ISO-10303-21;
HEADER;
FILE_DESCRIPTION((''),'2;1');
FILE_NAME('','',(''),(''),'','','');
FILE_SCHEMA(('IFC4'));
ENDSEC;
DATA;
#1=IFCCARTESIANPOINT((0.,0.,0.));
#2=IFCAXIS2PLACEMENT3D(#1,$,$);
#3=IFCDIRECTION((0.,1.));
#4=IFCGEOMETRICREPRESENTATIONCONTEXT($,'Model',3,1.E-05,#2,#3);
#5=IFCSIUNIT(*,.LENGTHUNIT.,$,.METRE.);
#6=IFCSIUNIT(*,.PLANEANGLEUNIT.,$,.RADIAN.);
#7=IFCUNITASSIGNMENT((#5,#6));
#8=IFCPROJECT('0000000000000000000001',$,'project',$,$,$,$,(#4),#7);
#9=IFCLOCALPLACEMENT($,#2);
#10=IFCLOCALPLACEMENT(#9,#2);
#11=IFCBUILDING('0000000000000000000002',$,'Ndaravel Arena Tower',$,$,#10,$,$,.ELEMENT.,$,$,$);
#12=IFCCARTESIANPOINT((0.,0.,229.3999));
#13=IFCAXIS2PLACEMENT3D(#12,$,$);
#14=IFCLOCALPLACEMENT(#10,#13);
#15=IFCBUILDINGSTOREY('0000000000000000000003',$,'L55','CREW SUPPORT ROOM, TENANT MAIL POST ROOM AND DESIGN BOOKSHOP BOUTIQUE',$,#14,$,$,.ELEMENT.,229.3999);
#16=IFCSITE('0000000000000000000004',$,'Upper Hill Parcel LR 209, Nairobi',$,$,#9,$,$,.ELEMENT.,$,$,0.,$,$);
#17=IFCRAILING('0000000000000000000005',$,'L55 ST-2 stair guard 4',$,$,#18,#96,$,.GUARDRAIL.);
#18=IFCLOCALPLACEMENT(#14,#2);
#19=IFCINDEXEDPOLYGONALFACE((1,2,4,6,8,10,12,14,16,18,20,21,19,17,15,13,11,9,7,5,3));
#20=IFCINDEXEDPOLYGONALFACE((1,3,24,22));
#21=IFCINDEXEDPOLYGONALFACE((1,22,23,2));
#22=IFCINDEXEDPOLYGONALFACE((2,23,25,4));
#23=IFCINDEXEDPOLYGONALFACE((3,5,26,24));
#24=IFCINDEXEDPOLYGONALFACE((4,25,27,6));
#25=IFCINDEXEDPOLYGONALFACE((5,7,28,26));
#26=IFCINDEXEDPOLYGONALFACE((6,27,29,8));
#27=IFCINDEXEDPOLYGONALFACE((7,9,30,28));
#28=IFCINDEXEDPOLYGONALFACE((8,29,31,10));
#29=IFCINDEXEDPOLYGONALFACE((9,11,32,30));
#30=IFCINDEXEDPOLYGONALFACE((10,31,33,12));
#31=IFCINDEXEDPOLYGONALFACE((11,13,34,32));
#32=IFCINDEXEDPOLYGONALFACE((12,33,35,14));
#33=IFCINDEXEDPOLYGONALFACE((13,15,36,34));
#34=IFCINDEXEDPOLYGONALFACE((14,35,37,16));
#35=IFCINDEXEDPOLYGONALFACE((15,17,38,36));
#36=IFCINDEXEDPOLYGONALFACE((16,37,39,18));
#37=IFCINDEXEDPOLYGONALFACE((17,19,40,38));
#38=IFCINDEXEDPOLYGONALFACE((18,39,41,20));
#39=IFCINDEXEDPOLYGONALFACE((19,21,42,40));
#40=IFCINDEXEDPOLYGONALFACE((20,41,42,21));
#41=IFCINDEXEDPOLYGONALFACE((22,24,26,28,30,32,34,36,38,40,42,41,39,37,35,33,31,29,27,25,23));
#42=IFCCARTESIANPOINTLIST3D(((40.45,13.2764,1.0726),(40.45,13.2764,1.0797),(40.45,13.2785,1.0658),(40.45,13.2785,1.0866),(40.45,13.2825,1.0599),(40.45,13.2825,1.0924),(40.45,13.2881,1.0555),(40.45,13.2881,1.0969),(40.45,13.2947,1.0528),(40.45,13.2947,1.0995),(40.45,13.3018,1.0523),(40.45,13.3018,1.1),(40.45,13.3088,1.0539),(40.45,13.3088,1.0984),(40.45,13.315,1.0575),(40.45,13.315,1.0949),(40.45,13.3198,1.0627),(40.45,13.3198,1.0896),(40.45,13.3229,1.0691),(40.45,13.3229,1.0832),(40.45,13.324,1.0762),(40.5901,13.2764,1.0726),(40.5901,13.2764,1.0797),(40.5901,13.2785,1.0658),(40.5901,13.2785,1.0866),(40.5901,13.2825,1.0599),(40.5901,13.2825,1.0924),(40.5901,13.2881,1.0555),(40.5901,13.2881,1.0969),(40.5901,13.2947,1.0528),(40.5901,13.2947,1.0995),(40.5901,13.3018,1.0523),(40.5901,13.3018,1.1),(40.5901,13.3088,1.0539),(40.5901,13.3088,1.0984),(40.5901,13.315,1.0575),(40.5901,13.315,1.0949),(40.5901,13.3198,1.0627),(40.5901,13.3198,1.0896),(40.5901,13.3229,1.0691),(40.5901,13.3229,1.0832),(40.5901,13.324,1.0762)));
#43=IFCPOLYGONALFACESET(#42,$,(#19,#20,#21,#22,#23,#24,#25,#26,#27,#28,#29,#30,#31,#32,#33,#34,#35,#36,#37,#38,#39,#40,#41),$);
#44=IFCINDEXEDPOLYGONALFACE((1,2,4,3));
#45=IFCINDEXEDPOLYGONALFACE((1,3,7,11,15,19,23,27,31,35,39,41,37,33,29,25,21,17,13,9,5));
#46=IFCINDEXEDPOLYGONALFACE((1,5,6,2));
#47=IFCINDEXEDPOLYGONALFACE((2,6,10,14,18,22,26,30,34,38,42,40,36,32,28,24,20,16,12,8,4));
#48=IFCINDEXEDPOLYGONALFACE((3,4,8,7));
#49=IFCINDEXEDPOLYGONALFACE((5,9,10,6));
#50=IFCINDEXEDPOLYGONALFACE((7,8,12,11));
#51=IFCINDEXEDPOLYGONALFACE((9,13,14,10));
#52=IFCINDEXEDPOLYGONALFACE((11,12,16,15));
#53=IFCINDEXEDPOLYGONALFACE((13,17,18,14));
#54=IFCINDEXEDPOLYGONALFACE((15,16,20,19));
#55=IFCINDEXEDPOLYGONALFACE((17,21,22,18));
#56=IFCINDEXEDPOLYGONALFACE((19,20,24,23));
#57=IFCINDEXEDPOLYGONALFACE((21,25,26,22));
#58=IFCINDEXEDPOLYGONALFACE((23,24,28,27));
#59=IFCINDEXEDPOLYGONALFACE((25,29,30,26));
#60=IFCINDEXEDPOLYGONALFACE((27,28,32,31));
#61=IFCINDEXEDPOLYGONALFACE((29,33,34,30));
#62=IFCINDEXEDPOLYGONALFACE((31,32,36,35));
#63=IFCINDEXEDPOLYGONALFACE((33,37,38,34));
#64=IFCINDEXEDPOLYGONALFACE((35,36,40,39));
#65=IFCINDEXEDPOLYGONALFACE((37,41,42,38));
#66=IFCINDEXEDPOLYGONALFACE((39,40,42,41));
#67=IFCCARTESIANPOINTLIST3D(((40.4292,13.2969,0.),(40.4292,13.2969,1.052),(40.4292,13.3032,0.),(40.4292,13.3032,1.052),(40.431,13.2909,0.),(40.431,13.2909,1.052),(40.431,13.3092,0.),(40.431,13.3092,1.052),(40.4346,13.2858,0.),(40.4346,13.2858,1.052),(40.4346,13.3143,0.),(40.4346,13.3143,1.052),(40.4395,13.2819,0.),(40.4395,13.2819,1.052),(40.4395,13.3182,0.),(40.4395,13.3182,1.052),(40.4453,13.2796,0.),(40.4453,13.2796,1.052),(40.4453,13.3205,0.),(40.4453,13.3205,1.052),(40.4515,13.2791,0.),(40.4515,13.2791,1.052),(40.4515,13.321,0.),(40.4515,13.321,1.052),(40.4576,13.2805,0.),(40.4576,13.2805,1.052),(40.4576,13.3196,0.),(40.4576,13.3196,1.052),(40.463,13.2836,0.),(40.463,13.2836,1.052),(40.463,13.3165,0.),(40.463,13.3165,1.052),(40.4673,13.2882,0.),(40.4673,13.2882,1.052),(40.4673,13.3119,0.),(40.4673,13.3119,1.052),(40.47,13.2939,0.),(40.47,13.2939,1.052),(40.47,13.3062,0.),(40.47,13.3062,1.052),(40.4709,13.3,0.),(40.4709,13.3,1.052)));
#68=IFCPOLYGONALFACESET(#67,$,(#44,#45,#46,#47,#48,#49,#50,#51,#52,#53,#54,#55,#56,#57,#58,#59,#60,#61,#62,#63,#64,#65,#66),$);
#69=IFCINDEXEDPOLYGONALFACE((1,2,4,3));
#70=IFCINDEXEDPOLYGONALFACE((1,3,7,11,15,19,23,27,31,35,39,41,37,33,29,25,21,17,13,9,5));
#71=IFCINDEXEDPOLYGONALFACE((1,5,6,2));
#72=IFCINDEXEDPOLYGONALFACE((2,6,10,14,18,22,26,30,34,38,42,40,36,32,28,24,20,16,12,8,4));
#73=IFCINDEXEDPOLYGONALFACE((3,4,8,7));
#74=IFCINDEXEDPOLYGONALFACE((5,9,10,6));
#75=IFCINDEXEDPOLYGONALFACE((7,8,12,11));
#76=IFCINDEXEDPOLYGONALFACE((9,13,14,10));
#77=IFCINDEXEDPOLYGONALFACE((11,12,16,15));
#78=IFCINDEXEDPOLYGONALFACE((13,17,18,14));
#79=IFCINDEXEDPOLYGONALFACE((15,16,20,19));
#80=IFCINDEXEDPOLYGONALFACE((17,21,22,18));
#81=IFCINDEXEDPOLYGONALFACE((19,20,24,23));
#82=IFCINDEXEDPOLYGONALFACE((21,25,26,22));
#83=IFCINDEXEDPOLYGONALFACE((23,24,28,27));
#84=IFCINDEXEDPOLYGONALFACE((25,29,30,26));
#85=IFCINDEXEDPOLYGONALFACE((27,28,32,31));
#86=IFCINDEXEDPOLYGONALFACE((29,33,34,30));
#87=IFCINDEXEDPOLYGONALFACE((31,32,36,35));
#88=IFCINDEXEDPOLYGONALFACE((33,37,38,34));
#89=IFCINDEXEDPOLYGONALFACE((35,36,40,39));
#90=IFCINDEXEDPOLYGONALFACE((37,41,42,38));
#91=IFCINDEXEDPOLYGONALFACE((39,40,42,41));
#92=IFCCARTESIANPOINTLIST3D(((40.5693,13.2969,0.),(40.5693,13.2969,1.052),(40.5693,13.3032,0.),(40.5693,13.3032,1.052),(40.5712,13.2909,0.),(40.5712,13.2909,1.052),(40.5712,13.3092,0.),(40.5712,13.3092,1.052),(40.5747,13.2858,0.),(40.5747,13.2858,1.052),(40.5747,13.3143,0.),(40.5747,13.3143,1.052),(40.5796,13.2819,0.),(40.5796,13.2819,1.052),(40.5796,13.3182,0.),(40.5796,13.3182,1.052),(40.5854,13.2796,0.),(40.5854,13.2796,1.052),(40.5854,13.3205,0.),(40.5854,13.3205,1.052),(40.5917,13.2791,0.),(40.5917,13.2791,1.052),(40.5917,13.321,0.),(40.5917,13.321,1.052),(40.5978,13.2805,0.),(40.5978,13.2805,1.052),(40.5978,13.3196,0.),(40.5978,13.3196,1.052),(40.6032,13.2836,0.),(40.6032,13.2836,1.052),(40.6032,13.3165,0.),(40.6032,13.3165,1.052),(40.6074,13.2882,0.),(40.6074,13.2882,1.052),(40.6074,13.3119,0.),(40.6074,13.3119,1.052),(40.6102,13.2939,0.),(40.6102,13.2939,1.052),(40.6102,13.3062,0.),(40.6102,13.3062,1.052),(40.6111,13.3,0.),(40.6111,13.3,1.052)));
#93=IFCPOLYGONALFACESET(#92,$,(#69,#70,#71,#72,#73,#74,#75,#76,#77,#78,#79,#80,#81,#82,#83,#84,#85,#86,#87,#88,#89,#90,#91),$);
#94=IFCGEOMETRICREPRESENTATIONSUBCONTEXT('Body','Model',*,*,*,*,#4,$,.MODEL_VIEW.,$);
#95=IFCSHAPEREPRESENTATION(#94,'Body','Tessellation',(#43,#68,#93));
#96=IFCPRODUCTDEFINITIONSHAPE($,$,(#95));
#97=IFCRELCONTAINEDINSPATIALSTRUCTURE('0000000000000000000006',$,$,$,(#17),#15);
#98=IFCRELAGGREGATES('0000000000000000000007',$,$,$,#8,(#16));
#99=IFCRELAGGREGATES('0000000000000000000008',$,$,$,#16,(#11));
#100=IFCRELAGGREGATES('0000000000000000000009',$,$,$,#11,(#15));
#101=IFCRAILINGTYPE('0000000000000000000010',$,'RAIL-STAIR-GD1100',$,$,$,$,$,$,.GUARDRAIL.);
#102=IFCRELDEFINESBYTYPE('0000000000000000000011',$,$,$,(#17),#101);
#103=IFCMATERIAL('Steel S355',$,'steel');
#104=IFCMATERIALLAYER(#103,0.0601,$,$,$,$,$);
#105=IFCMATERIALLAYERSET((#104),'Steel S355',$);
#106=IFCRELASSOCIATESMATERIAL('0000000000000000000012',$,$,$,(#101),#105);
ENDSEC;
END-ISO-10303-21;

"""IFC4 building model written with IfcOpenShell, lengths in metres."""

from ifc_helpers import new_model, si_unit, direction, frame, origin, origin_2d, place, context, subcontext, project, spatial, circle, extrude, material, layer, layer_set, type_object, element, save


model = new_model("IFC4")

# Units and contexts
model_context = context("Model", 3, precision=1e-05, world=origin(), true_north=direction((0.0, 1.0)))
body_context = subcontext(model_context, "Body", "Model", "MODEL_VIEW")
ifc_project = project(units=[si_unit("LENGTHUNIT", "METRE"), si_unit("PLANEANGLEUNIT", "RADIAN")], contexts=[model_context])

# Site, building, storey
site_placement = place(None, origin())
site = spatial("IfcSite", under=ifc_project, at=site_placement, Name="Upper Hill Parcel LR 209, Nairobi", CompositionType="ELEMENT", RefElevation=0.0)
building_placement = place(site_placement, origin())
building = spatial("IfcBuilding", under=site, at=building_placement, Name="Ndaravel Arena Tower", CompositionType="ELEMENT")
storey_placement = place(building_placement, frame((0.0, 0.0, 229.3999)))
storey = spatial("IfcBuildingStorey", under=building, at=storey_placement, Name="L55", Description="CREW SUPPORT ROOM, TENANT MAIL POST ROOM AND DESIGN BOOKSHOP BOUTIQUE", CompositionType="ELEMENT", Elevation=229.3999)

# Railing
ifc_material_1 = material(Name="Steel S355", Category="steel")
ifc_layer_1 = layer(ifc_material_1, 0.0601)
ifc_layer_set_1 = layer_set([ifc_layer_1], Name="Steel S355")
railing_type_1 = type_object("IfcRailingType", Name="RAIL-STAIR-GD1100", PredefinedType="GUARDRAIL", material=ifc_layer_set_1)
railing_1_placement = place(storey_placement, frame((40.45, 13.3, 0.0)))
element("IfcRailing", 1, at=railing_1_placement, inside=storey, type_object=railing_type_1, Name="L55 ST-2 stair guard 4", PredefinedType="GUARDRAIL", context=body_context, shape_type="SweptSolid", body=[
    extrude(circle(Radius=0.0239, at=origin_2d()), frame((0.0, 0.0, 1.0762), z_axis=(1.0, 0.0, 0.0), x_axis=(0.0, 1.0, 0.0)), (0.0, 0.0, 1.0), 0.1401),
    extrude(circle(Radius=0.021, at=origin_2d()), origin(), (0.0, 0.0, 1.0), 1.052),
    extrude(circle(Radius=0.021, at=origin_2d()), frame((0.1401, 0.0, 0.0)), (0.0, 0.0, 1.0), 1.052),
])

save(model, "model.ifc")
